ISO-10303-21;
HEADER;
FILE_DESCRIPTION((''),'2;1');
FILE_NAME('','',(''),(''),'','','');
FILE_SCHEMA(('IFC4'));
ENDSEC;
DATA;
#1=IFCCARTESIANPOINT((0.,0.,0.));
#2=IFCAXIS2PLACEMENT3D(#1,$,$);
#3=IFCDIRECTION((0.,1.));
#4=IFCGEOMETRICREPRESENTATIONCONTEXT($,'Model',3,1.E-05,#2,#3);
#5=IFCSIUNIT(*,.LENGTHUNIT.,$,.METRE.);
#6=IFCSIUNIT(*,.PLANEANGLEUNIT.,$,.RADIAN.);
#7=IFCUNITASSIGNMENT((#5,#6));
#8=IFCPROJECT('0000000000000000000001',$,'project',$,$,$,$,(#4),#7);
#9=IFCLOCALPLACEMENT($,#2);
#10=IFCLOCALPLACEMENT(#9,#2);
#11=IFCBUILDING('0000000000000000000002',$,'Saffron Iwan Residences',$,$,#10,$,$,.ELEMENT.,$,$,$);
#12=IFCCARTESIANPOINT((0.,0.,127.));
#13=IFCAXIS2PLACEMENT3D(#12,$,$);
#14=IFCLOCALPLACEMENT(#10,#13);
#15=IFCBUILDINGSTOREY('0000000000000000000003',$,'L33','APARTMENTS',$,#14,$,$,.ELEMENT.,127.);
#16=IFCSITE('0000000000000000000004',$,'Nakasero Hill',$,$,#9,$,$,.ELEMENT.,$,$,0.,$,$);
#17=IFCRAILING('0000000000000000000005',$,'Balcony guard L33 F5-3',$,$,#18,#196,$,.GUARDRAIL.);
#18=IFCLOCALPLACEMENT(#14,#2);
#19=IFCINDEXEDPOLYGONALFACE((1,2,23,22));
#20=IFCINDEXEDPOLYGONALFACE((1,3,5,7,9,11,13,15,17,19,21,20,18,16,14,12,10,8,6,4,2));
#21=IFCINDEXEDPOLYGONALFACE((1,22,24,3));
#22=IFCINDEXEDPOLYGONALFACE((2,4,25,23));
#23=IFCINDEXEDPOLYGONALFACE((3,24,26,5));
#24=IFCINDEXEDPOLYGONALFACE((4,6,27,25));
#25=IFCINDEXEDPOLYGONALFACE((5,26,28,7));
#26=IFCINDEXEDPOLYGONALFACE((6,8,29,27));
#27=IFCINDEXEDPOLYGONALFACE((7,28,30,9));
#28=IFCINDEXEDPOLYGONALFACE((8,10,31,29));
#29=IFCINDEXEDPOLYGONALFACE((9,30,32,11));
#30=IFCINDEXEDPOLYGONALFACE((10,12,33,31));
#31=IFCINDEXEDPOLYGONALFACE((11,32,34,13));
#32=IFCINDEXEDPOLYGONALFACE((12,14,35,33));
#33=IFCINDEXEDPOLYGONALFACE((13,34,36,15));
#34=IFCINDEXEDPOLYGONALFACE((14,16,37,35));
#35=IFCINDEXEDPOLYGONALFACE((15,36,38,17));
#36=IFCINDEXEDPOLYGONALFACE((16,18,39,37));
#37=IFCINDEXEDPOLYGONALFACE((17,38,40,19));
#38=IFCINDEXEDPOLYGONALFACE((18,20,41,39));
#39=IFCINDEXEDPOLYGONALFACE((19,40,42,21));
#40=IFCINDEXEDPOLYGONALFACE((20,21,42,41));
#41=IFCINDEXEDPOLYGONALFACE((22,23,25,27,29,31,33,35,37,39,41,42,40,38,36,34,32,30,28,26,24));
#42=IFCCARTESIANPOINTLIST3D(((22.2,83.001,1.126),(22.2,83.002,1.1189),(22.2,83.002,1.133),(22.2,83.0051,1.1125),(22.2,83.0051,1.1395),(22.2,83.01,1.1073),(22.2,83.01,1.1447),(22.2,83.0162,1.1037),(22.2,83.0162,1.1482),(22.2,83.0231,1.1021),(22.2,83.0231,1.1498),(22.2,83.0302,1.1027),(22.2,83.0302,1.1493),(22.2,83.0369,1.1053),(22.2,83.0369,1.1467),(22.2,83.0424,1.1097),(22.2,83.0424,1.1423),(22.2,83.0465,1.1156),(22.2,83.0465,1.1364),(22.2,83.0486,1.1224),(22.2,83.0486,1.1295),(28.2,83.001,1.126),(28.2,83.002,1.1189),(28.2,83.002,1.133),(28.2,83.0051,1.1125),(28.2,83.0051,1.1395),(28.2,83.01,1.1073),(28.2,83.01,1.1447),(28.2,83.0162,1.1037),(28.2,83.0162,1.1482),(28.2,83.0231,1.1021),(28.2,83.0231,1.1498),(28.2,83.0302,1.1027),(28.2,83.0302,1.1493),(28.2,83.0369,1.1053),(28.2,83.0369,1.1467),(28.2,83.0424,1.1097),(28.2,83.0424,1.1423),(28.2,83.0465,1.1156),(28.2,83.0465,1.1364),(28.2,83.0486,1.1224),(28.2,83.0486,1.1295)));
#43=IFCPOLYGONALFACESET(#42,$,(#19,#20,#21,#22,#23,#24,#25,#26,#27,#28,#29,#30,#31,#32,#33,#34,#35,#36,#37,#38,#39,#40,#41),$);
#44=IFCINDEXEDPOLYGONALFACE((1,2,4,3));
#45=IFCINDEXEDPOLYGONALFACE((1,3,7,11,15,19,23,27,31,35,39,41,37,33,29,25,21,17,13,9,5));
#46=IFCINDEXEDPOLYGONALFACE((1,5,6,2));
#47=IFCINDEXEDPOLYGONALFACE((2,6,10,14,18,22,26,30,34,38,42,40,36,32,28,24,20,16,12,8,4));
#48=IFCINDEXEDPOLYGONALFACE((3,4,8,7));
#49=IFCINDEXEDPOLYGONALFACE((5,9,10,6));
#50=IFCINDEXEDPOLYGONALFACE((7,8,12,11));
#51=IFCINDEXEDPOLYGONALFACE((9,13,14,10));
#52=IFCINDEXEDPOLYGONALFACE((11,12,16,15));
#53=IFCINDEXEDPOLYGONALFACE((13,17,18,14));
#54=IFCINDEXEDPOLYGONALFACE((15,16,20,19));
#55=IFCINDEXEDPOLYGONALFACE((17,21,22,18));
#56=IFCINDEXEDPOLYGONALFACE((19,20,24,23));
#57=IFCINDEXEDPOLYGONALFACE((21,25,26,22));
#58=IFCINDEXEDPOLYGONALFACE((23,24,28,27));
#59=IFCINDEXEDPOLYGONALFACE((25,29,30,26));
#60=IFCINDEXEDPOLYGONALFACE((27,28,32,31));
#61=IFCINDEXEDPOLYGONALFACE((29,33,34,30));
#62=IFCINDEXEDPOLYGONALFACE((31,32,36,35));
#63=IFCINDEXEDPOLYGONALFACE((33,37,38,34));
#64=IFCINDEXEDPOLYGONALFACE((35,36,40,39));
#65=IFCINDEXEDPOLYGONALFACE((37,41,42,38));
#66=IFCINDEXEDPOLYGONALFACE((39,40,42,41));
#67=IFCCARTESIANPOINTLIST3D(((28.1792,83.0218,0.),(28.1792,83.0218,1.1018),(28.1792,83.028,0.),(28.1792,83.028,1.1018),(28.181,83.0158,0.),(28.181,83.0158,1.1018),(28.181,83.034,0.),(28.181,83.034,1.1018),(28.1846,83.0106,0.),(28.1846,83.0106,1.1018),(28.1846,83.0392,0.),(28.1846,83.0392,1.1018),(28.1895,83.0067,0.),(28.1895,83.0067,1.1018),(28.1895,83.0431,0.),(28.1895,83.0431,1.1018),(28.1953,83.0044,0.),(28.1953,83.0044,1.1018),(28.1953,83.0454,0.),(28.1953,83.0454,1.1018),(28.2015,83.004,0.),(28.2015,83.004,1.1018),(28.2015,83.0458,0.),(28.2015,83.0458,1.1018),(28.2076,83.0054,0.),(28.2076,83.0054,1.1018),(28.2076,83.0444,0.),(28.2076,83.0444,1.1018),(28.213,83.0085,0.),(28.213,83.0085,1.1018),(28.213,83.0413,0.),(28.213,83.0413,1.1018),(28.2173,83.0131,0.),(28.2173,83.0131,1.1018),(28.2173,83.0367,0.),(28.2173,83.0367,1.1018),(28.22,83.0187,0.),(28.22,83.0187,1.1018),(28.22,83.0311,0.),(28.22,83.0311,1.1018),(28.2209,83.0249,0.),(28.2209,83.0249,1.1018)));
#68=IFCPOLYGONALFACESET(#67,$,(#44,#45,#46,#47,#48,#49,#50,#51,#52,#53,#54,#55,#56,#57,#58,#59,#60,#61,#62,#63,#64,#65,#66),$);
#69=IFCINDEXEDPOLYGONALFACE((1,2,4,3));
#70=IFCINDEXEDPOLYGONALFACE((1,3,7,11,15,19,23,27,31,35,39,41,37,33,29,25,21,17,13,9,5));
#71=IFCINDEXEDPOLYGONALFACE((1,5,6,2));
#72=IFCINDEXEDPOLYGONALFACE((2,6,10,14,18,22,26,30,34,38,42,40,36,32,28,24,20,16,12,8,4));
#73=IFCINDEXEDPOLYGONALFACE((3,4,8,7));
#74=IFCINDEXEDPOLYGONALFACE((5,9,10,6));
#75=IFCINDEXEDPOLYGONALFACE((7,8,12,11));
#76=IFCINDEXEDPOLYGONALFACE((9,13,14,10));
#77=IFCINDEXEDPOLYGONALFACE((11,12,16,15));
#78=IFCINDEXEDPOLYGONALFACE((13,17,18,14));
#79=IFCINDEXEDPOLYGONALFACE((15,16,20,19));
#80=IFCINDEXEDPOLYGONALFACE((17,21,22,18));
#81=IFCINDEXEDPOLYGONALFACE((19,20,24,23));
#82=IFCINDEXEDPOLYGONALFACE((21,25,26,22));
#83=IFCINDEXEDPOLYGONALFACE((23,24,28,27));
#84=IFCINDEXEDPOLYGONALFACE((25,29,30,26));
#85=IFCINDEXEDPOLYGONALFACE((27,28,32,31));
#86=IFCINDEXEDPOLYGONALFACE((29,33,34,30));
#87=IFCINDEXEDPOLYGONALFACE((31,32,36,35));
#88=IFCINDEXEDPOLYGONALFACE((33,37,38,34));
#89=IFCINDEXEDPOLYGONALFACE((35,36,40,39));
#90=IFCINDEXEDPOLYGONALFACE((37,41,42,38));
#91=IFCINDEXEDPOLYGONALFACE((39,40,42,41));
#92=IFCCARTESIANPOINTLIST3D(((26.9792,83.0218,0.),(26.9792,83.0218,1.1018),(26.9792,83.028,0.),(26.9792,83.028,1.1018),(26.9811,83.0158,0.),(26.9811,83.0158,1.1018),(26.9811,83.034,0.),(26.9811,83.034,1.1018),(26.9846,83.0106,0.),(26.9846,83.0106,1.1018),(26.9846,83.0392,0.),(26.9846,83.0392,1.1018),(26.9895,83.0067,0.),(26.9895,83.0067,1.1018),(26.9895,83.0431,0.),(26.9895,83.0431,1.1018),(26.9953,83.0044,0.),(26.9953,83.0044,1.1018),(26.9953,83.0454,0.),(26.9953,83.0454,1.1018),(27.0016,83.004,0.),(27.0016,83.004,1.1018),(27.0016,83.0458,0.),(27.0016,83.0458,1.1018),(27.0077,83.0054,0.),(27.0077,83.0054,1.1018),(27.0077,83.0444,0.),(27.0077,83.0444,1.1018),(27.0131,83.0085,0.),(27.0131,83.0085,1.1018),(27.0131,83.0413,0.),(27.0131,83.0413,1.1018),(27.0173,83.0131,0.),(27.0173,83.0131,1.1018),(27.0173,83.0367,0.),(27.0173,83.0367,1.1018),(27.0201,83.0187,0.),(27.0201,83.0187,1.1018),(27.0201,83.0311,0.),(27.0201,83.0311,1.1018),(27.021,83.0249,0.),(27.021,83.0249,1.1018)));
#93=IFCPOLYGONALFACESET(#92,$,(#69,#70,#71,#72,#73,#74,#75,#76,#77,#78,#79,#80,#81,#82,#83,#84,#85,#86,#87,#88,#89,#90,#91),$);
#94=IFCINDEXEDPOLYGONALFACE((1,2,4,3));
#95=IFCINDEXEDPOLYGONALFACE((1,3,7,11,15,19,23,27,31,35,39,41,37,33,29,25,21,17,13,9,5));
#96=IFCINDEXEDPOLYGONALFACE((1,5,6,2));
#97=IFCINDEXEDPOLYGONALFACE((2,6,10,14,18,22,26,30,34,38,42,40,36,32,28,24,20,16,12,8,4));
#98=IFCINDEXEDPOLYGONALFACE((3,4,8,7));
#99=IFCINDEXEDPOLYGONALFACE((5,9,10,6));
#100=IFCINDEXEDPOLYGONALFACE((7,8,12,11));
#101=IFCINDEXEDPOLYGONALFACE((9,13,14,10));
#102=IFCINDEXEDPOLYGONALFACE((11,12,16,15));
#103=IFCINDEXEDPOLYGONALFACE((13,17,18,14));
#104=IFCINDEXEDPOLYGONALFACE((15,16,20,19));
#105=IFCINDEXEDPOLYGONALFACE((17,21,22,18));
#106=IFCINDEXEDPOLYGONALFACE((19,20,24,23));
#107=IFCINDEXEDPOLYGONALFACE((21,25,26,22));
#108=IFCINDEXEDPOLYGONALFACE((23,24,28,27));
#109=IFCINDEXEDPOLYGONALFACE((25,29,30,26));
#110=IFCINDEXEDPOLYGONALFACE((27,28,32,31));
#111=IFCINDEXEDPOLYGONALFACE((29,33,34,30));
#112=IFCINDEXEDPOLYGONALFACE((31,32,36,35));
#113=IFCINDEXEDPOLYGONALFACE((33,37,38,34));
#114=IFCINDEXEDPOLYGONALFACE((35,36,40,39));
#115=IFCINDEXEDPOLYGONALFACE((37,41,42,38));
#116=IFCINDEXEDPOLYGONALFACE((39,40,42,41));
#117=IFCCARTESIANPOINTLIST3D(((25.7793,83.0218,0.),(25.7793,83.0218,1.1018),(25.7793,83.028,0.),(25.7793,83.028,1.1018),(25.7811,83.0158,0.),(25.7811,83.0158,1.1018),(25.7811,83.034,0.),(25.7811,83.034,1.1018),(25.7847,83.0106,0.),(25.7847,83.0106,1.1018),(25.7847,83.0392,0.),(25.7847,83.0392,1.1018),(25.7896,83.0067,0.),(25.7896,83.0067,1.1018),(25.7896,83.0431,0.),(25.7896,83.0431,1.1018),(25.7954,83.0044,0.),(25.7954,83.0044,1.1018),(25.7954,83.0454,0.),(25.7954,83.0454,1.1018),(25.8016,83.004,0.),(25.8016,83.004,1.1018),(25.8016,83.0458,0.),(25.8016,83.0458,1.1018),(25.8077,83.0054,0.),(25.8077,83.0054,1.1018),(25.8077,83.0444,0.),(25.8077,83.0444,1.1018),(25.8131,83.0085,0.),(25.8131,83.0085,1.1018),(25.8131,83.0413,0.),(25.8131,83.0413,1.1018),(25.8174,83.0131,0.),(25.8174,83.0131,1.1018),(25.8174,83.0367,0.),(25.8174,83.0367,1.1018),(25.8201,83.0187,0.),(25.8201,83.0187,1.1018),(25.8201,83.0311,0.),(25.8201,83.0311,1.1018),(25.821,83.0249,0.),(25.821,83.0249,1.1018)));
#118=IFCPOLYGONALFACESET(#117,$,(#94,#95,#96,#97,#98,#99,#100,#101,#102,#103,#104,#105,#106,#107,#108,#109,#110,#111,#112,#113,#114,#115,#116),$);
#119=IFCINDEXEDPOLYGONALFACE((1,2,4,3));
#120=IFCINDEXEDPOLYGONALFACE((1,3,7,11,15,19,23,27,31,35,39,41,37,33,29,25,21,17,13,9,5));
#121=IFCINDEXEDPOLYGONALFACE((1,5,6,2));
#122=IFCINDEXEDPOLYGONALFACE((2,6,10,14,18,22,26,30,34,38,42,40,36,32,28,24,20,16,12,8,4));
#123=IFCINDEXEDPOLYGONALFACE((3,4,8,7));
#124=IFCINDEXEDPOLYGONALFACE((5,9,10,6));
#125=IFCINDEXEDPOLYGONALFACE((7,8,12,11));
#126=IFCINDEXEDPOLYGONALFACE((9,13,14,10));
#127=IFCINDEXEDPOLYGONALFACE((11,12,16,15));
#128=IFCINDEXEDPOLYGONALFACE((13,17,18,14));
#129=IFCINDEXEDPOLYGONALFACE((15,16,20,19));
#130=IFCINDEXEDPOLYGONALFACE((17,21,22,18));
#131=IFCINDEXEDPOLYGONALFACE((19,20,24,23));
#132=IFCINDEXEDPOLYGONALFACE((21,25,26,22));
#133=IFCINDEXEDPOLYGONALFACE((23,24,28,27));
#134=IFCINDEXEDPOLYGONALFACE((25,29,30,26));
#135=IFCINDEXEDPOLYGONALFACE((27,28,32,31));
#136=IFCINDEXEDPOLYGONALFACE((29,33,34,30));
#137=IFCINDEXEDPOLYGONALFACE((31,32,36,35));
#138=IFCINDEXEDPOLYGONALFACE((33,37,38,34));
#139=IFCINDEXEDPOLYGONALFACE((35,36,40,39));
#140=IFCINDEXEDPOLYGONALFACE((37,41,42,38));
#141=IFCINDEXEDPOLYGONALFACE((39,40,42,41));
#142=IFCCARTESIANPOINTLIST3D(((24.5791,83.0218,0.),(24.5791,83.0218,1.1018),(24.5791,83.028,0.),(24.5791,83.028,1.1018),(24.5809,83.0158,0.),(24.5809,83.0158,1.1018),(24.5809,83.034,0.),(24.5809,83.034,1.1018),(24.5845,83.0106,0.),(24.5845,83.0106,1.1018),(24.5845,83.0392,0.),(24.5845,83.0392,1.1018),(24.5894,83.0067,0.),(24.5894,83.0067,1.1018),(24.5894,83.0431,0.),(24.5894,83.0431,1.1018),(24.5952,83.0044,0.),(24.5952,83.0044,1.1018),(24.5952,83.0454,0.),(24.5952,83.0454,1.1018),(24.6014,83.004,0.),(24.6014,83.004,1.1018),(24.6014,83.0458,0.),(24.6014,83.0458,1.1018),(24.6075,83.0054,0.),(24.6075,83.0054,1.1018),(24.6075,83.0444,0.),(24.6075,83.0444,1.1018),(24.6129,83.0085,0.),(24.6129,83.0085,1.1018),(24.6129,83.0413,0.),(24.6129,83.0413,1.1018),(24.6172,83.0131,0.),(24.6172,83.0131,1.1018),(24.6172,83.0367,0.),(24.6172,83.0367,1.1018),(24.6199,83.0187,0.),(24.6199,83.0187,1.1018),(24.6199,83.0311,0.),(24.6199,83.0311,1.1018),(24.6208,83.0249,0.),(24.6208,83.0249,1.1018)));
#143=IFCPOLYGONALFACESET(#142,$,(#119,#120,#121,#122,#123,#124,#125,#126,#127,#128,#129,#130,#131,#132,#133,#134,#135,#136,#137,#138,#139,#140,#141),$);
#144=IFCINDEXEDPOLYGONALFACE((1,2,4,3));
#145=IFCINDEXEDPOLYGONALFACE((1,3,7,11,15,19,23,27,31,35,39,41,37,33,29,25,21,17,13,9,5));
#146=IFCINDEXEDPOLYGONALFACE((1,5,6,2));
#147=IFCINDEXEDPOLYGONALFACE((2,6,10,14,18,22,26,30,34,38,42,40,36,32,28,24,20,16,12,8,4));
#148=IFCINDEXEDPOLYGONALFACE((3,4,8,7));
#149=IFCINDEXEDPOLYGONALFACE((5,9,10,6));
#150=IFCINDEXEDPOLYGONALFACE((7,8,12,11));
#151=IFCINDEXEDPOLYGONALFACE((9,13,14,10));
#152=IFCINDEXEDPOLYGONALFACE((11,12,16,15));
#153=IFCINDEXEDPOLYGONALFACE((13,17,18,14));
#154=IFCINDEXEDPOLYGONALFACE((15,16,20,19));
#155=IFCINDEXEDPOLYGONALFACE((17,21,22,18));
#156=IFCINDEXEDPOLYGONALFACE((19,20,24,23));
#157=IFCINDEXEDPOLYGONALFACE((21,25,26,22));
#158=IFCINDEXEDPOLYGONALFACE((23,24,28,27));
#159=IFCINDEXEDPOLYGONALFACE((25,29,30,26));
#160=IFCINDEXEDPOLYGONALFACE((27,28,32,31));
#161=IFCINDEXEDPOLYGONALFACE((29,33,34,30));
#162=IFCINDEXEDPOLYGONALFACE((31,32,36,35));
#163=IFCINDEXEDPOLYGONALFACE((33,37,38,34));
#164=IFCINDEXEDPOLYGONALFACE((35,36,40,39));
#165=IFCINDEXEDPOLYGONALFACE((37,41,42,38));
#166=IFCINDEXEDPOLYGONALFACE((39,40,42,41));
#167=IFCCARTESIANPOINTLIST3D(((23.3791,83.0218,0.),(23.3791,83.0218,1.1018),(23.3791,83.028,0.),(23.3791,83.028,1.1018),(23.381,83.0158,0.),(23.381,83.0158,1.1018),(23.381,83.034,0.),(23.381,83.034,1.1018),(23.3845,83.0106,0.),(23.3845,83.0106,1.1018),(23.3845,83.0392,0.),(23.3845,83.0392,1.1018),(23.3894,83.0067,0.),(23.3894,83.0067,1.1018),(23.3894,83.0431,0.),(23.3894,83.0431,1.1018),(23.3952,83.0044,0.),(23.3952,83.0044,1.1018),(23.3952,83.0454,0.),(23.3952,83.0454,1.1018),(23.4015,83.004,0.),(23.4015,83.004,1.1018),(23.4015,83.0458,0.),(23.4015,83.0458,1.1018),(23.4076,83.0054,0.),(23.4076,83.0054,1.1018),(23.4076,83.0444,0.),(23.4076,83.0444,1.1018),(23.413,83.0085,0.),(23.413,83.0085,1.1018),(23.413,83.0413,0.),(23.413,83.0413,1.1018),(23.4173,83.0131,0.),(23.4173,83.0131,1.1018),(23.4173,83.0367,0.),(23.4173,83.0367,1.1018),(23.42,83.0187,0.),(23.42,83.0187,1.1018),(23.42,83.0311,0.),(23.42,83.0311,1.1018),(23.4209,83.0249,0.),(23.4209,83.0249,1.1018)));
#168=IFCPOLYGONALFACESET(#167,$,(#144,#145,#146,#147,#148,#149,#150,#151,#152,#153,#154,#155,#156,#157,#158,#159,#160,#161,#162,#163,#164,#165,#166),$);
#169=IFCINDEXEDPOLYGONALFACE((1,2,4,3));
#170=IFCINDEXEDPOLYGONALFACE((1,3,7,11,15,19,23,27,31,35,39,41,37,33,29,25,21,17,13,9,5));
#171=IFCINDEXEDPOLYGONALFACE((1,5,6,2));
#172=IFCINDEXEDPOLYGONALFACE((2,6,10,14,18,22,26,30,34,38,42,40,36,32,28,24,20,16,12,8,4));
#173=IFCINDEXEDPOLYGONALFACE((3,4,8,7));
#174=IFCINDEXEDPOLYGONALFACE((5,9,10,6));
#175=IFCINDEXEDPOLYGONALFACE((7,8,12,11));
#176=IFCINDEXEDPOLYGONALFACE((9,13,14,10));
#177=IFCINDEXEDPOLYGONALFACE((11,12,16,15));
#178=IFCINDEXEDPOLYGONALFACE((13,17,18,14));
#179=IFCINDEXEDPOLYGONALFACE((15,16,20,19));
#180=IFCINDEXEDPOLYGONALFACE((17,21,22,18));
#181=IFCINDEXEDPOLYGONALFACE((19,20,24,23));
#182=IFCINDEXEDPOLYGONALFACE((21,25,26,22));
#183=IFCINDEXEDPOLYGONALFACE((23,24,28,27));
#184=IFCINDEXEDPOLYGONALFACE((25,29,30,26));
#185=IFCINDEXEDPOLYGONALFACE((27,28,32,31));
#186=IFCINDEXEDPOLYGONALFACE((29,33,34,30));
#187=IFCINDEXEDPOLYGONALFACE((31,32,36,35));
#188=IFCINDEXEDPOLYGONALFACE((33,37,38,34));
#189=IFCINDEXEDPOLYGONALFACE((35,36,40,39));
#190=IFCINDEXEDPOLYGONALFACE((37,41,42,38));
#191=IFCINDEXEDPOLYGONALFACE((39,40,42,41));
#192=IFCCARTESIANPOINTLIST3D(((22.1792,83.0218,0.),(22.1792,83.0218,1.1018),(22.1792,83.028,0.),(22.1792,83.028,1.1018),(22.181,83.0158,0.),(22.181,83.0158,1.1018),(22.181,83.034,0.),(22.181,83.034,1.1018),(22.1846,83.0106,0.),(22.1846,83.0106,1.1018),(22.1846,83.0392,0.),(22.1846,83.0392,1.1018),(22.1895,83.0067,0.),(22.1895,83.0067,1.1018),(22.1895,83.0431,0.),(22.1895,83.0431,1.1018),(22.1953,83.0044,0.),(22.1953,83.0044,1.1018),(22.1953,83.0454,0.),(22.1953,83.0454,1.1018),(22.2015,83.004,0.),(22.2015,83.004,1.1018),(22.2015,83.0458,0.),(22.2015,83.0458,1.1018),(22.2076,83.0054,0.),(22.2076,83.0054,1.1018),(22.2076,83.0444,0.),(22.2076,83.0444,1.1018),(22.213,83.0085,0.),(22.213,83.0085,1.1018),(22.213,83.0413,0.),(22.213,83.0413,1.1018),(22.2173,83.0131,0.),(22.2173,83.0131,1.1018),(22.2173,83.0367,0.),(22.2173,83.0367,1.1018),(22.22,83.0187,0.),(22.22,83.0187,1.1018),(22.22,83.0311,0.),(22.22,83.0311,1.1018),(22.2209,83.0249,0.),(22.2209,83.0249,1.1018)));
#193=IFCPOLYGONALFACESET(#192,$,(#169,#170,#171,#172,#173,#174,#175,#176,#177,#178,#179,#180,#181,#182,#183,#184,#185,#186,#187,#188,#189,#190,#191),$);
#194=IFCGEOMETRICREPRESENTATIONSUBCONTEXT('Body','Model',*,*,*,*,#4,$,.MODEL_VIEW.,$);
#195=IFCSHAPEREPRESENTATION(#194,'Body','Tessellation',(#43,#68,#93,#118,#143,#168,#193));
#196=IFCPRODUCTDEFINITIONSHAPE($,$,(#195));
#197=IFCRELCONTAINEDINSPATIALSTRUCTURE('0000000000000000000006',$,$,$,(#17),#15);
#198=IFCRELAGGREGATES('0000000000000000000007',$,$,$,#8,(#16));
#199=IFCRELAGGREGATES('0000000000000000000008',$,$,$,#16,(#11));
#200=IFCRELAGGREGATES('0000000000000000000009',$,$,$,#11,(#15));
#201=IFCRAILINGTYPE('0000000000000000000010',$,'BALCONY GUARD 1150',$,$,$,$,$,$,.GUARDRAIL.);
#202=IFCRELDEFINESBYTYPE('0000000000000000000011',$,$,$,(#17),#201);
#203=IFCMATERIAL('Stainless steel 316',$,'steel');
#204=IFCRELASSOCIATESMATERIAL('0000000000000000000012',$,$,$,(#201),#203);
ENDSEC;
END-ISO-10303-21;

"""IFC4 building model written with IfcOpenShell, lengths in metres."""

from ifc_helpers import new_model, si_unit, direction, frame, origin, origin_2d, place, context, subcontext, project, spatial, circle, extrude, material, type_object, element, save


model = new_model("IFC4")

# Units and contexts
model_context = context("Model", 3, precision=1e-05, world=origin(), true_north=direction((0.0, 1.0)))
body_context = subcontext(model_context, "Body", "Model", "MODEL_VIEW")
ifc_project = project(units=[si_unit("LENGTHUNIT", "METRE"), si_unit("PLANEANGLEUNIT", "RADIAN")], contexts=[model_context])

# Site, building, storey
site_placement = place(None, origin())
site = spatial("IfcSite", under=ifc_project, at=site_placement, Name="Nakasero Hill", CompositionType="ELEMENT", RefElevation=0.0)
building_placement = place(site_placement, origin())
building = spatial("IfcBuilding", under=site, at=building_placement, Name="Saffron Iwan Residences", CompositionType="ELEMENT")
storey_placement = place(building_placement, frame((0.0, 0.0, 127.0)))
storey = spatial("IfcBuildingStorey", under=building, at=storey_placement, Name="L33", Description="APARTMENTS", CompositionType="ELEMENT", Elevation=127.0)

# Railing
ifc_material_1 = material(Name="Stainless steel 316", Category="steel")
railing_type = type_object("IfcRailingType", Name="BALCONY GUARD 1150", PredefinedType="GUARDRAIL", material=ifc_material_1)
railing_placement = place(storey_placement, frame((28.2, 83.0249, 0.0)))
element("IfcRailing", 1, at=railing_placement, inside=storey, type_object=railing_type, Name="Balcony guard L33 F5-3", PredefinedType="GUARDRAIL", context=body_context, shape_type="SweptSolid", body=[
    extrude(circle(Radius=0.0239, at=origin_2d()), frame((0.0, 0.0, 1.126), z_axis=(-1.0, 0.0, 0.0), x_axis=(0.0, -1.0, 0.0)), (0.0, 0.0, 1.0), 6.0),
    extrude(circle(Radius=0.021, at=origin_2d()), origin(), (0.0, 0.0, 1.0), 1.1018),
    extrude(circle(Radius=0.021, at=origin_2d()), frame((-1.2, 0.0, 0.0)), (0.0, 0.0, 1.0), 1.1018),
    extrude(circle(Radius=0.021, at=origin_2d()), frame((-2.3999, 0.0, 0.0)), (0.0, 0.0, 1.0), 1.1018),
    extrude(circle(Radius=0.021, at=origin_2d()), frame((-3.6001, 0.0, 0.0)), (0.0, 0.0, 1.0), 1.1018),
    extrude(circle(Radius=0.021, at=origin_2d()), frame((-4.8, 0.0, 0.0)), (0.0, 0.0, 1.0), 1.1018),
    extrude(circle(Radius=0.021, at=origin_2d()), frame((-6.0, 0.0, 0.0)), (0.0, 0.0, 1.0), 1.1018),
])

save(model, "model.ifc")
